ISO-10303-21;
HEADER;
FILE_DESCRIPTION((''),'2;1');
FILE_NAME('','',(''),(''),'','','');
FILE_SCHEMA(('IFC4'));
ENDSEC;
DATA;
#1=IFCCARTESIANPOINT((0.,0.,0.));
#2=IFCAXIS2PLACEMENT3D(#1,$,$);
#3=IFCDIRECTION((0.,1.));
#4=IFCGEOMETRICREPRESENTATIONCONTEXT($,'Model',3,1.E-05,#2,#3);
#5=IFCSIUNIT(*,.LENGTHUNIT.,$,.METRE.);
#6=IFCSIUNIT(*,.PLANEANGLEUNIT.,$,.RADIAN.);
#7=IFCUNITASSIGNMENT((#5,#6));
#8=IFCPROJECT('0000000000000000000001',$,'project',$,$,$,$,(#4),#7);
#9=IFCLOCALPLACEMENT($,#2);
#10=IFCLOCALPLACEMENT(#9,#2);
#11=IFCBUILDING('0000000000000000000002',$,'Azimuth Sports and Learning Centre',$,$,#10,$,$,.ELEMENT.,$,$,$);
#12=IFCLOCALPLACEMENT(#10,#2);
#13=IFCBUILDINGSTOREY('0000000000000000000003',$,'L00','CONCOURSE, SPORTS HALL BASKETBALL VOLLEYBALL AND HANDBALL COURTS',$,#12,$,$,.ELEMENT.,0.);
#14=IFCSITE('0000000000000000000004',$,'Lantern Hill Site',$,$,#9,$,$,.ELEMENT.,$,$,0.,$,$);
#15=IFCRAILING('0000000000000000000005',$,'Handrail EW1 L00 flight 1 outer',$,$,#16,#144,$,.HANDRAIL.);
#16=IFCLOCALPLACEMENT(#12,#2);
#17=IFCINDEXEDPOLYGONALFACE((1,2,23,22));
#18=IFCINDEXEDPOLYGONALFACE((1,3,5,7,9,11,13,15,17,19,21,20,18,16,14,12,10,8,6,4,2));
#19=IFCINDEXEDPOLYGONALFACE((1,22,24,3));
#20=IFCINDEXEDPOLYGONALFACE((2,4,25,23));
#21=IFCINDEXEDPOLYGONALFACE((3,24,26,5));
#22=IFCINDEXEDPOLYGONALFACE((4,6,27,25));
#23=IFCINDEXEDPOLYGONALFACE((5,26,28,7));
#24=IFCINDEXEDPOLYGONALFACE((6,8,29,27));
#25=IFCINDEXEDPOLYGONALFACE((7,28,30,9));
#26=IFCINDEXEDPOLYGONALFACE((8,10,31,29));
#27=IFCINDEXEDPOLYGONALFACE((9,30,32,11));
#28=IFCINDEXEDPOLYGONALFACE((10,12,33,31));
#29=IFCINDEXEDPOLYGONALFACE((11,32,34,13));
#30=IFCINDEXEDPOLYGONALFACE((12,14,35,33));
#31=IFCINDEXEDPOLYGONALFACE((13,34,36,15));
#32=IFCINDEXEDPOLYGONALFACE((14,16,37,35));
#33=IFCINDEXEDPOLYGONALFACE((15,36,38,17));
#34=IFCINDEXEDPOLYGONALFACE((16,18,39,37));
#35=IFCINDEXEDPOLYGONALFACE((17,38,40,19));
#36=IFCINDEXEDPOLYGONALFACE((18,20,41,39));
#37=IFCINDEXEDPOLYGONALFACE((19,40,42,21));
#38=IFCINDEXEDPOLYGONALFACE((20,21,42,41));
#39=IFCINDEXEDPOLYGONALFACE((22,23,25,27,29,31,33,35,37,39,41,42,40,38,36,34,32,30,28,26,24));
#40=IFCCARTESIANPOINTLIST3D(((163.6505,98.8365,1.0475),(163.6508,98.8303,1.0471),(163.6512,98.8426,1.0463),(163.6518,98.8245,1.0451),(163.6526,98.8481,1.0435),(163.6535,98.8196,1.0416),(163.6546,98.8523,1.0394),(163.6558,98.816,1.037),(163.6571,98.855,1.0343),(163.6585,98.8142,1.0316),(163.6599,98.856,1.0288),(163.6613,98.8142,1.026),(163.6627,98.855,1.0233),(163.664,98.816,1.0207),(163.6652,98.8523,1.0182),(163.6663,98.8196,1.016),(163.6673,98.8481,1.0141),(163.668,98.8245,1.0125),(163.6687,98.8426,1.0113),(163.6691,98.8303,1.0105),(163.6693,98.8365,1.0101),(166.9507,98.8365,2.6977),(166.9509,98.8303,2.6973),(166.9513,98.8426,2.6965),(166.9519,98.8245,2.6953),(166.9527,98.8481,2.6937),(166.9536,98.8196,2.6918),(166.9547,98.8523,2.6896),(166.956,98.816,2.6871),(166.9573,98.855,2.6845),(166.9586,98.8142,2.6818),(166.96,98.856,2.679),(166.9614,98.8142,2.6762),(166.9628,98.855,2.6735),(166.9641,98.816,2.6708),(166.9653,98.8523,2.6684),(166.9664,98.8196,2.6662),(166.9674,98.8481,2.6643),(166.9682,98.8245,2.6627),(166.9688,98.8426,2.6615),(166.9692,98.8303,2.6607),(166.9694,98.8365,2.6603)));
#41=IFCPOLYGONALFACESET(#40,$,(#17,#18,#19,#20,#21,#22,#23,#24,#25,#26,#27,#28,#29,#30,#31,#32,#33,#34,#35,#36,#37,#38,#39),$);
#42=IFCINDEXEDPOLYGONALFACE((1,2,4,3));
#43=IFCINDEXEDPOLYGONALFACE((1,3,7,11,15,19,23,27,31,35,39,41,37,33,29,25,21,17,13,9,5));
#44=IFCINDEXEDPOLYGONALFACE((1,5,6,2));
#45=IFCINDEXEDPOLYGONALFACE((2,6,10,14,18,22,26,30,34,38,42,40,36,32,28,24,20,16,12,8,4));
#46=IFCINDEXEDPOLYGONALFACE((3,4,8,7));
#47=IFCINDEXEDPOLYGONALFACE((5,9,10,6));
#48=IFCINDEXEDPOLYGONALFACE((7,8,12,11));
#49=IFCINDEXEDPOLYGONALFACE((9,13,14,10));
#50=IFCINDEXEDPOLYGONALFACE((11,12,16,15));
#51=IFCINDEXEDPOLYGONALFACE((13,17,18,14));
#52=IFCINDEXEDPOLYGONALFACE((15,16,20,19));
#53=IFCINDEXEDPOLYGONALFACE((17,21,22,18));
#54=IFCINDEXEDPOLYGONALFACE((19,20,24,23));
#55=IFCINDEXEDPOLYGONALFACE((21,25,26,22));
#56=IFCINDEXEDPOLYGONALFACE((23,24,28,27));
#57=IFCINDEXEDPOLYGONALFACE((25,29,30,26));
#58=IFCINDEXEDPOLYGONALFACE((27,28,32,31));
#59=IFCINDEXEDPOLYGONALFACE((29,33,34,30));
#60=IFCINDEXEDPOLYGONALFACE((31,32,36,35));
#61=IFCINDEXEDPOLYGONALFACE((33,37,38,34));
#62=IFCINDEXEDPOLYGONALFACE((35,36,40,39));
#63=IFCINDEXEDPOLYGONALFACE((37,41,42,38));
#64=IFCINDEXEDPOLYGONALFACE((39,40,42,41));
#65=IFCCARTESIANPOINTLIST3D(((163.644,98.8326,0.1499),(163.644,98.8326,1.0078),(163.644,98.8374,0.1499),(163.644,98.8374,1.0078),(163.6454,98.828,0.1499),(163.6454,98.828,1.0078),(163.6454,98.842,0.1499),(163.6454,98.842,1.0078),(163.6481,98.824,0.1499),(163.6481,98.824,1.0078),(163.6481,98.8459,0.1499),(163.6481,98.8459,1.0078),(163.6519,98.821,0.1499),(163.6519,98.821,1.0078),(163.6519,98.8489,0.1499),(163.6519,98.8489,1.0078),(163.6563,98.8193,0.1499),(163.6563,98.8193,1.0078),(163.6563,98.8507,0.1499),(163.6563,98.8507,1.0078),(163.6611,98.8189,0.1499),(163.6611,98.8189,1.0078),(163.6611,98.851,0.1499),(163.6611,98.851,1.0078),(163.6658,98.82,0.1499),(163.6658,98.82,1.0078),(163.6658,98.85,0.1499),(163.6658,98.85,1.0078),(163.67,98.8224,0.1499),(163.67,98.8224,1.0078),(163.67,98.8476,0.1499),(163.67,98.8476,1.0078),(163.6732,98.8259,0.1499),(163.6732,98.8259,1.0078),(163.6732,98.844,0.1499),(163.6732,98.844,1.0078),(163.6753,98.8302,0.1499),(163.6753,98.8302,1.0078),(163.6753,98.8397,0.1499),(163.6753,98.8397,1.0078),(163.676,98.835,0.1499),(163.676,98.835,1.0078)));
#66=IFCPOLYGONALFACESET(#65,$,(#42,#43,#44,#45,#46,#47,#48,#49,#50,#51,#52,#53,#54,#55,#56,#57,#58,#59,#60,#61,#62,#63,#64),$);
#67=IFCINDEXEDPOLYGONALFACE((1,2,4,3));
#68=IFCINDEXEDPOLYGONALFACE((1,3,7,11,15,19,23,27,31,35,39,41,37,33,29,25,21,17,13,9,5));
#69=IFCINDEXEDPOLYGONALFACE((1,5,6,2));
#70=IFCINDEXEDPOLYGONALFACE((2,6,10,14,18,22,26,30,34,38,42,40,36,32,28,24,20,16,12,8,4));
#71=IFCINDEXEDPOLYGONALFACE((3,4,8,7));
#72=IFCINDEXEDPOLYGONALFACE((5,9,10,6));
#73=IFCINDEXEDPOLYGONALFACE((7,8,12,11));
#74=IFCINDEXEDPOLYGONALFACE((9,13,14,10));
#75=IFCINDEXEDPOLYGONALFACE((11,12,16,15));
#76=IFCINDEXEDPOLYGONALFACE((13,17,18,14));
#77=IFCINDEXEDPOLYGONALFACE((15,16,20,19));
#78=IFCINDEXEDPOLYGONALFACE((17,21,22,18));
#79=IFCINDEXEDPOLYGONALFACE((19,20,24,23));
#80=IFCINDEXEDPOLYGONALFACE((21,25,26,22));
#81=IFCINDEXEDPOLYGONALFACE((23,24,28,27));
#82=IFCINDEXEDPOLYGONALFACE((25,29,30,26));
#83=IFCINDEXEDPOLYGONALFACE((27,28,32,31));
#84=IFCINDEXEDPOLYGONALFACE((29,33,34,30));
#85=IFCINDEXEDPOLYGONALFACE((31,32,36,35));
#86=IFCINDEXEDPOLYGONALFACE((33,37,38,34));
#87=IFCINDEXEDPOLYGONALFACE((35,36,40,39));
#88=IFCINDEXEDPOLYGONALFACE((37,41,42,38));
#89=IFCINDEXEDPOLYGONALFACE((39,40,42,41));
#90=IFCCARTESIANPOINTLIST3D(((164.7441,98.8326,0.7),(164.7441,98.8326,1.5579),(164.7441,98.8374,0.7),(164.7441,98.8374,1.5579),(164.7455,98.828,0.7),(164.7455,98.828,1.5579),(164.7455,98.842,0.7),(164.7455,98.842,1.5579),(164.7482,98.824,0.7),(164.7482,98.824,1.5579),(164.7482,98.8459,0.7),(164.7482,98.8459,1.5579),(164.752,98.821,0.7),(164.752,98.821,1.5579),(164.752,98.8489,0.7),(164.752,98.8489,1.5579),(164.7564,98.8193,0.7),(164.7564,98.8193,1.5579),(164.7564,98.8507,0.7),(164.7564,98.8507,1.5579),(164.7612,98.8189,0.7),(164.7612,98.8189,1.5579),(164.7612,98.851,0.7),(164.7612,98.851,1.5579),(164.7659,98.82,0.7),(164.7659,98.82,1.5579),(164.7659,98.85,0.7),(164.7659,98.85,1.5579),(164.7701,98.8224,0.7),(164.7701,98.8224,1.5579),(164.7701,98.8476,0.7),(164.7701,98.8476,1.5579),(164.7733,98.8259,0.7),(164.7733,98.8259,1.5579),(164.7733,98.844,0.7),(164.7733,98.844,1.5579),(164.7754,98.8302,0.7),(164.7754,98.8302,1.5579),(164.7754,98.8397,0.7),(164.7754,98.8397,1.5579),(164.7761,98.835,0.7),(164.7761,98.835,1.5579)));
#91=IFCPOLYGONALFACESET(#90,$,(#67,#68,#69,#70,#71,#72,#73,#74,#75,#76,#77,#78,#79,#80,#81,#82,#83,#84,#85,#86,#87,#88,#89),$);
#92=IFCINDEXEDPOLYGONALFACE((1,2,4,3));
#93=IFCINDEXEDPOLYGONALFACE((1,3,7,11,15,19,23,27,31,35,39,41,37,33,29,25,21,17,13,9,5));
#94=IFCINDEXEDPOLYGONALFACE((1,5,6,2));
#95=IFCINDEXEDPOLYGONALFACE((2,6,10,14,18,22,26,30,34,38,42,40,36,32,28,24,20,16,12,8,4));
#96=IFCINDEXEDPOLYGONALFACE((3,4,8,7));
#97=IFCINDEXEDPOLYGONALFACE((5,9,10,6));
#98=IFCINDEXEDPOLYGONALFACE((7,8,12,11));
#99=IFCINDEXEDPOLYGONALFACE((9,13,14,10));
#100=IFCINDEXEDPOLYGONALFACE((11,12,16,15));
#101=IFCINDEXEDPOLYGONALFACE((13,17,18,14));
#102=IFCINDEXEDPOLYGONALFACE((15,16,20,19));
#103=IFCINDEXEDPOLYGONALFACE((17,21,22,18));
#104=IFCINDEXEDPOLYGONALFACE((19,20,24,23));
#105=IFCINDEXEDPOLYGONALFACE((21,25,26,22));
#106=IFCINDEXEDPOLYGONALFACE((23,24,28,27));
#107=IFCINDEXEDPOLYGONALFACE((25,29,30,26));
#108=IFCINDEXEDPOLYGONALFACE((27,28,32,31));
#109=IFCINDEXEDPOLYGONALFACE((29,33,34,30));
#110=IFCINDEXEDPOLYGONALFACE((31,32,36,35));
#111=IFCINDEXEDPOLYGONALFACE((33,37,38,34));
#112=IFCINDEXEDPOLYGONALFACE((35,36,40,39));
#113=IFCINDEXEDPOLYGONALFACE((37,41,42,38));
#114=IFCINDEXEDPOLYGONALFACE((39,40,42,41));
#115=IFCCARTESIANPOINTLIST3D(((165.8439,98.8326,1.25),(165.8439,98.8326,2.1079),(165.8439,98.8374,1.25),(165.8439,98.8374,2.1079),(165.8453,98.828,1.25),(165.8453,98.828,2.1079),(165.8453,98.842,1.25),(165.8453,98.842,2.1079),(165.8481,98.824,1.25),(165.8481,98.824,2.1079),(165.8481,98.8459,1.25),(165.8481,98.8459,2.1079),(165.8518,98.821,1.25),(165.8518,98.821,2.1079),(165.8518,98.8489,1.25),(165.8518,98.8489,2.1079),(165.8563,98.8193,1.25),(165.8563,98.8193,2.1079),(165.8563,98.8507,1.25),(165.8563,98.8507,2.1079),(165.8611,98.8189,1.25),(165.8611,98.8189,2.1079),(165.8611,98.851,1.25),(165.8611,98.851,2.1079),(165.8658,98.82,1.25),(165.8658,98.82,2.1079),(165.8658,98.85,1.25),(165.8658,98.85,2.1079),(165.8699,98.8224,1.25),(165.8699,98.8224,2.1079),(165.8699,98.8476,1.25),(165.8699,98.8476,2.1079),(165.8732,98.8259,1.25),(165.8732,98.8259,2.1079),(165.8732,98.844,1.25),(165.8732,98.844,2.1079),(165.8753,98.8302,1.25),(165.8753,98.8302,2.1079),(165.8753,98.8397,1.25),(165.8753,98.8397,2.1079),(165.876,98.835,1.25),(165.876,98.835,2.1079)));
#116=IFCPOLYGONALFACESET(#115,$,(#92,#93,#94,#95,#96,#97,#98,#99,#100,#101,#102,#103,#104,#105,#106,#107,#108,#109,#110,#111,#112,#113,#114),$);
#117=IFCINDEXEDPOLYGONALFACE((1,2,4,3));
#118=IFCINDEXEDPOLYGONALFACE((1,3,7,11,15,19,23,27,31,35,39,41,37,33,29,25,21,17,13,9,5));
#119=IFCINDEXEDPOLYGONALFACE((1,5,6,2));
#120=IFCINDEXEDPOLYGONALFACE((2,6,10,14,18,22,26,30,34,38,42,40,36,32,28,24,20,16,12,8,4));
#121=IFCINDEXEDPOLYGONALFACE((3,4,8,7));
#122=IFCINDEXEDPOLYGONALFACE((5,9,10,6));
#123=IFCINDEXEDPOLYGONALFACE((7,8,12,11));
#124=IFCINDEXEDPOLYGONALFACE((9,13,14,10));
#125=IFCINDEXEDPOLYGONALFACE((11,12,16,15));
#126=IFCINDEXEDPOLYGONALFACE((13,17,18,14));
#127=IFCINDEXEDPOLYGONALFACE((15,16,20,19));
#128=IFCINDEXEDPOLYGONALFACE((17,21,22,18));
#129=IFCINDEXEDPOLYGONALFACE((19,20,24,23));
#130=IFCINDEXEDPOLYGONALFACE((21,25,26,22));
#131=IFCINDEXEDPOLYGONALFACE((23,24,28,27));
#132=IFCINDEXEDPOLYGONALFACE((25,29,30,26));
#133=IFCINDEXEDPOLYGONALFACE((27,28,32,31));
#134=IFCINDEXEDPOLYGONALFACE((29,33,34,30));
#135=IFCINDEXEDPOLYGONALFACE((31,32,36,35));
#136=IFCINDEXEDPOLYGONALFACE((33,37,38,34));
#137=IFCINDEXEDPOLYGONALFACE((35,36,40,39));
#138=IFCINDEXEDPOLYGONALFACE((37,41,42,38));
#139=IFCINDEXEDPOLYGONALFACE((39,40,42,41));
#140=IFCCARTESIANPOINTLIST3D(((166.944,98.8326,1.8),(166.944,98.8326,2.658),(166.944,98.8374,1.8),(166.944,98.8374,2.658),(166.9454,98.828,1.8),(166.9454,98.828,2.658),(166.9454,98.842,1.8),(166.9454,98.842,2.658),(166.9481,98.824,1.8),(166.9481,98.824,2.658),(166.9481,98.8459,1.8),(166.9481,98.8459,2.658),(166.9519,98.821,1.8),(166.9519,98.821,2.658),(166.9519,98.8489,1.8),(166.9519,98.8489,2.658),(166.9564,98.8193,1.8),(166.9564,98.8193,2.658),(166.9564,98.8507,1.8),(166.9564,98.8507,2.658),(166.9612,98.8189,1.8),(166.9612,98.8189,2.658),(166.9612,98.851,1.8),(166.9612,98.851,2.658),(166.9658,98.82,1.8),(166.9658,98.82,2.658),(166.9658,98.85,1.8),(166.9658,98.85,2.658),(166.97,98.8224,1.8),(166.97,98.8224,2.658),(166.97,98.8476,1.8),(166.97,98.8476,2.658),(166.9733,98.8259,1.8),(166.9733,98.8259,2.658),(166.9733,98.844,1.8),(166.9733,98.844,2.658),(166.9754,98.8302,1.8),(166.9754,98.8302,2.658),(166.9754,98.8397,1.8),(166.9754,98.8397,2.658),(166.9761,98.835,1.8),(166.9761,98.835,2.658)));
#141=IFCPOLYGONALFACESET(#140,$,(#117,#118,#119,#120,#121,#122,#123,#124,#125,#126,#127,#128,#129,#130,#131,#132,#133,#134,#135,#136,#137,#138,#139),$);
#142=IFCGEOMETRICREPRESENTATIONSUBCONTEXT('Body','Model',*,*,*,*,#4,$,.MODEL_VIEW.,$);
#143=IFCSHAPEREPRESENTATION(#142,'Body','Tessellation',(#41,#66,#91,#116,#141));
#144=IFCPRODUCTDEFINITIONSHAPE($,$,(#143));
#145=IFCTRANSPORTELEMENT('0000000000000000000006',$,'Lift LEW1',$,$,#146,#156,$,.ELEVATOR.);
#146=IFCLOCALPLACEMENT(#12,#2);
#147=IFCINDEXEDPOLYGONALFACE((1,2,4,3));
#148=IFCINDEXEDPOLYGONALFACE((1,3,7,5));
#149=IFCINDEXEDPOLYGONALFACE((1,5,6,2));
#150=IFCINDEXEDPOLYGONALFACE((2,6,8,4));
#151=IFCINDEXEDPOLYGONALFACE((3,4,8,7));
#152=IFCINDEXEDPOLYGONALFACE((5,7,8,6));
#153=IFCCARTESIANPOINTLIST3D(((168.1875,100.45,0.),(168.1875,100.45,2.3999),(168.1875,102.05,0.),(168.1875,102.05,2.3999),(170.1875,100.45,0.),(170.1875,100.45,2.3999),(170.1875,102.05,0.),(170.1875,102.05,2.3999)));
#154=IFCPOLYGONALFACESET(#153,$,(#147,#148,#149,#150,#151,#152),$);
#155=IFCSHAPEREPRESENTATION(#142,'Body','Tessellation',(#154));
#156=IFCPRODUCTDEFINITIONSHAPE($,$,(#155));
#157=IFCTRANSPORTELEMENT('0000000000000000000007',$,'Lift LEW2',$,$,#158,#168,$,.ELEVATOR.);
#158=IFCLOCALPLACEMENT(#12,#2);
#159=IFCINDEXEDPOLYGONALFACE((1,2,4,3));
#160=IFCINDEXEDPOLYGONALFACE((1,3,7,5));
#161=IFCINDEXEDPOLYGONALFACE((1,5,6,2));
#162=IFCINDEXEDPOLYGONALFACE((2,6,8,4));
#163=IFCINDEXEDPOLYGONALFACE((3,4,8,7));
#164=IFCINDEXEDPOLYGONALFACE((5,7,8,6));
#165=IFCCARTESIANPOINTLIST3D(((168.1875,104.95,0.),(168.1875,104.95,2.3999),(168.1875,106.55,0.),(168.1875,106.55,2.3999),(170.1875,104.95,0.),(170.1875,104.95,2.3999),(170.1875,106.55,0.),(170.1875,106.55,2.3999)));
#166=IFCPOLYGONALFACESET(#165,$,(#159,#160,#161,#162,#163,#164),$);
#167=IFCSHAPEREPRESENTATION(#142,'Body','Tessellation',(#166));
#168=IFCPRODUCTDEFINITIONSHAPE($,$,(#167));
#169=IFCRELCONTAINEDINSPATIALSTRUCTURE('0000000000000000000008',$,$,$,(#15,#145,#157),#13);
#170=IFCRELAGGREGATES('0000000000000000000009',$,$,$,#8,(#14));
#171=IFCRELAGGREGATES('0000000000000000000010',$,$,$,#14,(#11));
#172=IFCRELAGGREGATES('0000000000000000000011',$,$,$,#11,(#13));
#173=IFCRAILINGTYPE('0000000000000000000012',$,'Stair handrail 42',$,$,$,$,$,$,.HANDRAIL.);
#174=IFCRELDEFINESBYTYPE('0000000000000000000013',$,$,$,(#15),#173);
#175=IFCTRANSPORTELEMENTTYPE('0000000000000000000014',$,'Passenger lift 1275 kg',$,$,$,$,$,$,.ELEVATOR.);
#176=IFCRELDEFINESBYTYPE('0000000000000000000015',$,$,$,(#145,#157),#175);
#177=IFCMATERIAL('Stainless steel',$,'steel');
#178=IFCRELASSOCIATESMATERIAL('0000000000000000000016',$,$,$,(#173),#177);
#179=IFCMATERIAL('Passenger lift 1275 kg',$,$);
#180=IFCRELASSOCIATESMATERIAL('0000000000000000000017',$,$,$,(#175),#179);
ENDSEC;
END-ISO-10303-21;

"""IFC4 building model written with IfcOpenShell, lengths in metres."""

from ifc_helpers import new_model, si_unit, direction, frame, origin, origin_2d, place, context, subcontext, project, spatial, rectangle, circle, extrude, material, type_object, element, save


model = new_model("IFC4")

# Units and contexts
model_context = context("Model", 3, precision=1e-05, world=origin(), true_north=direction((0.0, 1.0)))
body_context = subcontext(model_context, "Body", "Model", "MODEL_VIEW")
ifc_project = project(units=[si_unit("LENGTHUNIT", "METRE"), si_unit("PLANEANGLEUNIT", "RADIAN")], contexts=[model_context])

# Site, building, storey
site_placement = place(None, origin())
site = spatial("IfcSite", under=ifc_project, at=site_placement, Name="Lantern Hill Site", CompositionType="ELEMENT", RefElevation=0.0)
building_placement = place(site_placement, origin())
building = spatial("IfcBuilding", under=site, at=building_placement, Name="Azimuth Sports and Learning Centre", CompositionType="ELEMENT")
storey_placement = place(building_placement, origin())
storey = spatial("IfcBuildingStorey", under=building, at=storey_placement, Name="L00", Description="CONCOURSE, SPORTS HALL BASKETBALL VOLLEYBALL AND HANDBALL COURTS", CompositionType="ELEMENT", Elevation=0.0)

# Railing
ifc_material_1 = material(Name="Stainless steel", Category="steel")
railing_type = type_object("IfcRailingType", Name="Stair handrail 42", PredefinedType="HANDRAIL", material=ifc_material_1)
railing_placement = place(storey_placement, frame((163.6599, 98.835, 0.1499)))
element("IfcRailing", 1, at=railing_placement, inside=storey, type_object=railing_type, Name="Handrail EW1 L00 flight 1 outer", PredefinedType="HANDRAIL", context=body_context, shape_type="SweptSolid", body=[
    extrude(circle(Radius=0.021, at=origin_2d()), frame((0.0, 0.0, 0.8789), z_axis=(0.894414, 0.0, 0.44724), x_axis=(0.0, 1.0, 0.0)), (0.0, 0.0, 1.0), 3.6897),
    extrude(circle(Radius=0.0161, at=origin_2d()), origin(), (0.0, 0.0, 1.0), 0.8579),
    extrude(circle(Radius=0.0161, at=origin_2d()), frame((1.1001, 0.0, 0.55)), (0.0, 0.0, 1.0), 0.8579),
    extrude(circle(Radius=0.0161, at=origin_2d()), frame((2.2, 0.0, 1.1001)), (0.0, 0.0, 1.0), 0.8579),
    extrude(circle(Radius=0.0161, at=origin_2d()), frame((3.3, 0.0, 1.6501)), (0.0, 0.0, 1.0), 0.8579),
])

# Transport elements
ifc_material_2 = material(Name="Passenger lift 1275 kg")
transport_element_type = type_object("IfcTransportElementType", Name="Passenger lift 1275 kg", PredefinedType="ELEVATOR", material=ifc_material_2)
for number, where, z_axis, x_axis, name in (
    (2, (169.1875, 101.25, 0.0), (0.0, 0.0, 1.0), (1.0, 0.0, 0.0), "Lift LEW1"),
    (3, (169.1875, 105.75, 0.0), (0.0, 0.0, 1.0), (1.0, 0.0, 0.0), "Lift LEW2"),
):
    element("IfcTransportElement", number, at=place(storey_placement, frame(where, z_axis=z_axis, x_axis=x_axis)), inside=storey, type_object=transport_element_type, Name=name, PredefinedType="ELEVATOR", context=body_context, shape_type="SweptSolid", body=[
        extrude(rectangle(XDim=2.0, YDim=1.6001, at=origin_2d()), origin(), (0.0, 0.0, 1.0), 2.3999),
    ])

save(model, "model.ifc")
